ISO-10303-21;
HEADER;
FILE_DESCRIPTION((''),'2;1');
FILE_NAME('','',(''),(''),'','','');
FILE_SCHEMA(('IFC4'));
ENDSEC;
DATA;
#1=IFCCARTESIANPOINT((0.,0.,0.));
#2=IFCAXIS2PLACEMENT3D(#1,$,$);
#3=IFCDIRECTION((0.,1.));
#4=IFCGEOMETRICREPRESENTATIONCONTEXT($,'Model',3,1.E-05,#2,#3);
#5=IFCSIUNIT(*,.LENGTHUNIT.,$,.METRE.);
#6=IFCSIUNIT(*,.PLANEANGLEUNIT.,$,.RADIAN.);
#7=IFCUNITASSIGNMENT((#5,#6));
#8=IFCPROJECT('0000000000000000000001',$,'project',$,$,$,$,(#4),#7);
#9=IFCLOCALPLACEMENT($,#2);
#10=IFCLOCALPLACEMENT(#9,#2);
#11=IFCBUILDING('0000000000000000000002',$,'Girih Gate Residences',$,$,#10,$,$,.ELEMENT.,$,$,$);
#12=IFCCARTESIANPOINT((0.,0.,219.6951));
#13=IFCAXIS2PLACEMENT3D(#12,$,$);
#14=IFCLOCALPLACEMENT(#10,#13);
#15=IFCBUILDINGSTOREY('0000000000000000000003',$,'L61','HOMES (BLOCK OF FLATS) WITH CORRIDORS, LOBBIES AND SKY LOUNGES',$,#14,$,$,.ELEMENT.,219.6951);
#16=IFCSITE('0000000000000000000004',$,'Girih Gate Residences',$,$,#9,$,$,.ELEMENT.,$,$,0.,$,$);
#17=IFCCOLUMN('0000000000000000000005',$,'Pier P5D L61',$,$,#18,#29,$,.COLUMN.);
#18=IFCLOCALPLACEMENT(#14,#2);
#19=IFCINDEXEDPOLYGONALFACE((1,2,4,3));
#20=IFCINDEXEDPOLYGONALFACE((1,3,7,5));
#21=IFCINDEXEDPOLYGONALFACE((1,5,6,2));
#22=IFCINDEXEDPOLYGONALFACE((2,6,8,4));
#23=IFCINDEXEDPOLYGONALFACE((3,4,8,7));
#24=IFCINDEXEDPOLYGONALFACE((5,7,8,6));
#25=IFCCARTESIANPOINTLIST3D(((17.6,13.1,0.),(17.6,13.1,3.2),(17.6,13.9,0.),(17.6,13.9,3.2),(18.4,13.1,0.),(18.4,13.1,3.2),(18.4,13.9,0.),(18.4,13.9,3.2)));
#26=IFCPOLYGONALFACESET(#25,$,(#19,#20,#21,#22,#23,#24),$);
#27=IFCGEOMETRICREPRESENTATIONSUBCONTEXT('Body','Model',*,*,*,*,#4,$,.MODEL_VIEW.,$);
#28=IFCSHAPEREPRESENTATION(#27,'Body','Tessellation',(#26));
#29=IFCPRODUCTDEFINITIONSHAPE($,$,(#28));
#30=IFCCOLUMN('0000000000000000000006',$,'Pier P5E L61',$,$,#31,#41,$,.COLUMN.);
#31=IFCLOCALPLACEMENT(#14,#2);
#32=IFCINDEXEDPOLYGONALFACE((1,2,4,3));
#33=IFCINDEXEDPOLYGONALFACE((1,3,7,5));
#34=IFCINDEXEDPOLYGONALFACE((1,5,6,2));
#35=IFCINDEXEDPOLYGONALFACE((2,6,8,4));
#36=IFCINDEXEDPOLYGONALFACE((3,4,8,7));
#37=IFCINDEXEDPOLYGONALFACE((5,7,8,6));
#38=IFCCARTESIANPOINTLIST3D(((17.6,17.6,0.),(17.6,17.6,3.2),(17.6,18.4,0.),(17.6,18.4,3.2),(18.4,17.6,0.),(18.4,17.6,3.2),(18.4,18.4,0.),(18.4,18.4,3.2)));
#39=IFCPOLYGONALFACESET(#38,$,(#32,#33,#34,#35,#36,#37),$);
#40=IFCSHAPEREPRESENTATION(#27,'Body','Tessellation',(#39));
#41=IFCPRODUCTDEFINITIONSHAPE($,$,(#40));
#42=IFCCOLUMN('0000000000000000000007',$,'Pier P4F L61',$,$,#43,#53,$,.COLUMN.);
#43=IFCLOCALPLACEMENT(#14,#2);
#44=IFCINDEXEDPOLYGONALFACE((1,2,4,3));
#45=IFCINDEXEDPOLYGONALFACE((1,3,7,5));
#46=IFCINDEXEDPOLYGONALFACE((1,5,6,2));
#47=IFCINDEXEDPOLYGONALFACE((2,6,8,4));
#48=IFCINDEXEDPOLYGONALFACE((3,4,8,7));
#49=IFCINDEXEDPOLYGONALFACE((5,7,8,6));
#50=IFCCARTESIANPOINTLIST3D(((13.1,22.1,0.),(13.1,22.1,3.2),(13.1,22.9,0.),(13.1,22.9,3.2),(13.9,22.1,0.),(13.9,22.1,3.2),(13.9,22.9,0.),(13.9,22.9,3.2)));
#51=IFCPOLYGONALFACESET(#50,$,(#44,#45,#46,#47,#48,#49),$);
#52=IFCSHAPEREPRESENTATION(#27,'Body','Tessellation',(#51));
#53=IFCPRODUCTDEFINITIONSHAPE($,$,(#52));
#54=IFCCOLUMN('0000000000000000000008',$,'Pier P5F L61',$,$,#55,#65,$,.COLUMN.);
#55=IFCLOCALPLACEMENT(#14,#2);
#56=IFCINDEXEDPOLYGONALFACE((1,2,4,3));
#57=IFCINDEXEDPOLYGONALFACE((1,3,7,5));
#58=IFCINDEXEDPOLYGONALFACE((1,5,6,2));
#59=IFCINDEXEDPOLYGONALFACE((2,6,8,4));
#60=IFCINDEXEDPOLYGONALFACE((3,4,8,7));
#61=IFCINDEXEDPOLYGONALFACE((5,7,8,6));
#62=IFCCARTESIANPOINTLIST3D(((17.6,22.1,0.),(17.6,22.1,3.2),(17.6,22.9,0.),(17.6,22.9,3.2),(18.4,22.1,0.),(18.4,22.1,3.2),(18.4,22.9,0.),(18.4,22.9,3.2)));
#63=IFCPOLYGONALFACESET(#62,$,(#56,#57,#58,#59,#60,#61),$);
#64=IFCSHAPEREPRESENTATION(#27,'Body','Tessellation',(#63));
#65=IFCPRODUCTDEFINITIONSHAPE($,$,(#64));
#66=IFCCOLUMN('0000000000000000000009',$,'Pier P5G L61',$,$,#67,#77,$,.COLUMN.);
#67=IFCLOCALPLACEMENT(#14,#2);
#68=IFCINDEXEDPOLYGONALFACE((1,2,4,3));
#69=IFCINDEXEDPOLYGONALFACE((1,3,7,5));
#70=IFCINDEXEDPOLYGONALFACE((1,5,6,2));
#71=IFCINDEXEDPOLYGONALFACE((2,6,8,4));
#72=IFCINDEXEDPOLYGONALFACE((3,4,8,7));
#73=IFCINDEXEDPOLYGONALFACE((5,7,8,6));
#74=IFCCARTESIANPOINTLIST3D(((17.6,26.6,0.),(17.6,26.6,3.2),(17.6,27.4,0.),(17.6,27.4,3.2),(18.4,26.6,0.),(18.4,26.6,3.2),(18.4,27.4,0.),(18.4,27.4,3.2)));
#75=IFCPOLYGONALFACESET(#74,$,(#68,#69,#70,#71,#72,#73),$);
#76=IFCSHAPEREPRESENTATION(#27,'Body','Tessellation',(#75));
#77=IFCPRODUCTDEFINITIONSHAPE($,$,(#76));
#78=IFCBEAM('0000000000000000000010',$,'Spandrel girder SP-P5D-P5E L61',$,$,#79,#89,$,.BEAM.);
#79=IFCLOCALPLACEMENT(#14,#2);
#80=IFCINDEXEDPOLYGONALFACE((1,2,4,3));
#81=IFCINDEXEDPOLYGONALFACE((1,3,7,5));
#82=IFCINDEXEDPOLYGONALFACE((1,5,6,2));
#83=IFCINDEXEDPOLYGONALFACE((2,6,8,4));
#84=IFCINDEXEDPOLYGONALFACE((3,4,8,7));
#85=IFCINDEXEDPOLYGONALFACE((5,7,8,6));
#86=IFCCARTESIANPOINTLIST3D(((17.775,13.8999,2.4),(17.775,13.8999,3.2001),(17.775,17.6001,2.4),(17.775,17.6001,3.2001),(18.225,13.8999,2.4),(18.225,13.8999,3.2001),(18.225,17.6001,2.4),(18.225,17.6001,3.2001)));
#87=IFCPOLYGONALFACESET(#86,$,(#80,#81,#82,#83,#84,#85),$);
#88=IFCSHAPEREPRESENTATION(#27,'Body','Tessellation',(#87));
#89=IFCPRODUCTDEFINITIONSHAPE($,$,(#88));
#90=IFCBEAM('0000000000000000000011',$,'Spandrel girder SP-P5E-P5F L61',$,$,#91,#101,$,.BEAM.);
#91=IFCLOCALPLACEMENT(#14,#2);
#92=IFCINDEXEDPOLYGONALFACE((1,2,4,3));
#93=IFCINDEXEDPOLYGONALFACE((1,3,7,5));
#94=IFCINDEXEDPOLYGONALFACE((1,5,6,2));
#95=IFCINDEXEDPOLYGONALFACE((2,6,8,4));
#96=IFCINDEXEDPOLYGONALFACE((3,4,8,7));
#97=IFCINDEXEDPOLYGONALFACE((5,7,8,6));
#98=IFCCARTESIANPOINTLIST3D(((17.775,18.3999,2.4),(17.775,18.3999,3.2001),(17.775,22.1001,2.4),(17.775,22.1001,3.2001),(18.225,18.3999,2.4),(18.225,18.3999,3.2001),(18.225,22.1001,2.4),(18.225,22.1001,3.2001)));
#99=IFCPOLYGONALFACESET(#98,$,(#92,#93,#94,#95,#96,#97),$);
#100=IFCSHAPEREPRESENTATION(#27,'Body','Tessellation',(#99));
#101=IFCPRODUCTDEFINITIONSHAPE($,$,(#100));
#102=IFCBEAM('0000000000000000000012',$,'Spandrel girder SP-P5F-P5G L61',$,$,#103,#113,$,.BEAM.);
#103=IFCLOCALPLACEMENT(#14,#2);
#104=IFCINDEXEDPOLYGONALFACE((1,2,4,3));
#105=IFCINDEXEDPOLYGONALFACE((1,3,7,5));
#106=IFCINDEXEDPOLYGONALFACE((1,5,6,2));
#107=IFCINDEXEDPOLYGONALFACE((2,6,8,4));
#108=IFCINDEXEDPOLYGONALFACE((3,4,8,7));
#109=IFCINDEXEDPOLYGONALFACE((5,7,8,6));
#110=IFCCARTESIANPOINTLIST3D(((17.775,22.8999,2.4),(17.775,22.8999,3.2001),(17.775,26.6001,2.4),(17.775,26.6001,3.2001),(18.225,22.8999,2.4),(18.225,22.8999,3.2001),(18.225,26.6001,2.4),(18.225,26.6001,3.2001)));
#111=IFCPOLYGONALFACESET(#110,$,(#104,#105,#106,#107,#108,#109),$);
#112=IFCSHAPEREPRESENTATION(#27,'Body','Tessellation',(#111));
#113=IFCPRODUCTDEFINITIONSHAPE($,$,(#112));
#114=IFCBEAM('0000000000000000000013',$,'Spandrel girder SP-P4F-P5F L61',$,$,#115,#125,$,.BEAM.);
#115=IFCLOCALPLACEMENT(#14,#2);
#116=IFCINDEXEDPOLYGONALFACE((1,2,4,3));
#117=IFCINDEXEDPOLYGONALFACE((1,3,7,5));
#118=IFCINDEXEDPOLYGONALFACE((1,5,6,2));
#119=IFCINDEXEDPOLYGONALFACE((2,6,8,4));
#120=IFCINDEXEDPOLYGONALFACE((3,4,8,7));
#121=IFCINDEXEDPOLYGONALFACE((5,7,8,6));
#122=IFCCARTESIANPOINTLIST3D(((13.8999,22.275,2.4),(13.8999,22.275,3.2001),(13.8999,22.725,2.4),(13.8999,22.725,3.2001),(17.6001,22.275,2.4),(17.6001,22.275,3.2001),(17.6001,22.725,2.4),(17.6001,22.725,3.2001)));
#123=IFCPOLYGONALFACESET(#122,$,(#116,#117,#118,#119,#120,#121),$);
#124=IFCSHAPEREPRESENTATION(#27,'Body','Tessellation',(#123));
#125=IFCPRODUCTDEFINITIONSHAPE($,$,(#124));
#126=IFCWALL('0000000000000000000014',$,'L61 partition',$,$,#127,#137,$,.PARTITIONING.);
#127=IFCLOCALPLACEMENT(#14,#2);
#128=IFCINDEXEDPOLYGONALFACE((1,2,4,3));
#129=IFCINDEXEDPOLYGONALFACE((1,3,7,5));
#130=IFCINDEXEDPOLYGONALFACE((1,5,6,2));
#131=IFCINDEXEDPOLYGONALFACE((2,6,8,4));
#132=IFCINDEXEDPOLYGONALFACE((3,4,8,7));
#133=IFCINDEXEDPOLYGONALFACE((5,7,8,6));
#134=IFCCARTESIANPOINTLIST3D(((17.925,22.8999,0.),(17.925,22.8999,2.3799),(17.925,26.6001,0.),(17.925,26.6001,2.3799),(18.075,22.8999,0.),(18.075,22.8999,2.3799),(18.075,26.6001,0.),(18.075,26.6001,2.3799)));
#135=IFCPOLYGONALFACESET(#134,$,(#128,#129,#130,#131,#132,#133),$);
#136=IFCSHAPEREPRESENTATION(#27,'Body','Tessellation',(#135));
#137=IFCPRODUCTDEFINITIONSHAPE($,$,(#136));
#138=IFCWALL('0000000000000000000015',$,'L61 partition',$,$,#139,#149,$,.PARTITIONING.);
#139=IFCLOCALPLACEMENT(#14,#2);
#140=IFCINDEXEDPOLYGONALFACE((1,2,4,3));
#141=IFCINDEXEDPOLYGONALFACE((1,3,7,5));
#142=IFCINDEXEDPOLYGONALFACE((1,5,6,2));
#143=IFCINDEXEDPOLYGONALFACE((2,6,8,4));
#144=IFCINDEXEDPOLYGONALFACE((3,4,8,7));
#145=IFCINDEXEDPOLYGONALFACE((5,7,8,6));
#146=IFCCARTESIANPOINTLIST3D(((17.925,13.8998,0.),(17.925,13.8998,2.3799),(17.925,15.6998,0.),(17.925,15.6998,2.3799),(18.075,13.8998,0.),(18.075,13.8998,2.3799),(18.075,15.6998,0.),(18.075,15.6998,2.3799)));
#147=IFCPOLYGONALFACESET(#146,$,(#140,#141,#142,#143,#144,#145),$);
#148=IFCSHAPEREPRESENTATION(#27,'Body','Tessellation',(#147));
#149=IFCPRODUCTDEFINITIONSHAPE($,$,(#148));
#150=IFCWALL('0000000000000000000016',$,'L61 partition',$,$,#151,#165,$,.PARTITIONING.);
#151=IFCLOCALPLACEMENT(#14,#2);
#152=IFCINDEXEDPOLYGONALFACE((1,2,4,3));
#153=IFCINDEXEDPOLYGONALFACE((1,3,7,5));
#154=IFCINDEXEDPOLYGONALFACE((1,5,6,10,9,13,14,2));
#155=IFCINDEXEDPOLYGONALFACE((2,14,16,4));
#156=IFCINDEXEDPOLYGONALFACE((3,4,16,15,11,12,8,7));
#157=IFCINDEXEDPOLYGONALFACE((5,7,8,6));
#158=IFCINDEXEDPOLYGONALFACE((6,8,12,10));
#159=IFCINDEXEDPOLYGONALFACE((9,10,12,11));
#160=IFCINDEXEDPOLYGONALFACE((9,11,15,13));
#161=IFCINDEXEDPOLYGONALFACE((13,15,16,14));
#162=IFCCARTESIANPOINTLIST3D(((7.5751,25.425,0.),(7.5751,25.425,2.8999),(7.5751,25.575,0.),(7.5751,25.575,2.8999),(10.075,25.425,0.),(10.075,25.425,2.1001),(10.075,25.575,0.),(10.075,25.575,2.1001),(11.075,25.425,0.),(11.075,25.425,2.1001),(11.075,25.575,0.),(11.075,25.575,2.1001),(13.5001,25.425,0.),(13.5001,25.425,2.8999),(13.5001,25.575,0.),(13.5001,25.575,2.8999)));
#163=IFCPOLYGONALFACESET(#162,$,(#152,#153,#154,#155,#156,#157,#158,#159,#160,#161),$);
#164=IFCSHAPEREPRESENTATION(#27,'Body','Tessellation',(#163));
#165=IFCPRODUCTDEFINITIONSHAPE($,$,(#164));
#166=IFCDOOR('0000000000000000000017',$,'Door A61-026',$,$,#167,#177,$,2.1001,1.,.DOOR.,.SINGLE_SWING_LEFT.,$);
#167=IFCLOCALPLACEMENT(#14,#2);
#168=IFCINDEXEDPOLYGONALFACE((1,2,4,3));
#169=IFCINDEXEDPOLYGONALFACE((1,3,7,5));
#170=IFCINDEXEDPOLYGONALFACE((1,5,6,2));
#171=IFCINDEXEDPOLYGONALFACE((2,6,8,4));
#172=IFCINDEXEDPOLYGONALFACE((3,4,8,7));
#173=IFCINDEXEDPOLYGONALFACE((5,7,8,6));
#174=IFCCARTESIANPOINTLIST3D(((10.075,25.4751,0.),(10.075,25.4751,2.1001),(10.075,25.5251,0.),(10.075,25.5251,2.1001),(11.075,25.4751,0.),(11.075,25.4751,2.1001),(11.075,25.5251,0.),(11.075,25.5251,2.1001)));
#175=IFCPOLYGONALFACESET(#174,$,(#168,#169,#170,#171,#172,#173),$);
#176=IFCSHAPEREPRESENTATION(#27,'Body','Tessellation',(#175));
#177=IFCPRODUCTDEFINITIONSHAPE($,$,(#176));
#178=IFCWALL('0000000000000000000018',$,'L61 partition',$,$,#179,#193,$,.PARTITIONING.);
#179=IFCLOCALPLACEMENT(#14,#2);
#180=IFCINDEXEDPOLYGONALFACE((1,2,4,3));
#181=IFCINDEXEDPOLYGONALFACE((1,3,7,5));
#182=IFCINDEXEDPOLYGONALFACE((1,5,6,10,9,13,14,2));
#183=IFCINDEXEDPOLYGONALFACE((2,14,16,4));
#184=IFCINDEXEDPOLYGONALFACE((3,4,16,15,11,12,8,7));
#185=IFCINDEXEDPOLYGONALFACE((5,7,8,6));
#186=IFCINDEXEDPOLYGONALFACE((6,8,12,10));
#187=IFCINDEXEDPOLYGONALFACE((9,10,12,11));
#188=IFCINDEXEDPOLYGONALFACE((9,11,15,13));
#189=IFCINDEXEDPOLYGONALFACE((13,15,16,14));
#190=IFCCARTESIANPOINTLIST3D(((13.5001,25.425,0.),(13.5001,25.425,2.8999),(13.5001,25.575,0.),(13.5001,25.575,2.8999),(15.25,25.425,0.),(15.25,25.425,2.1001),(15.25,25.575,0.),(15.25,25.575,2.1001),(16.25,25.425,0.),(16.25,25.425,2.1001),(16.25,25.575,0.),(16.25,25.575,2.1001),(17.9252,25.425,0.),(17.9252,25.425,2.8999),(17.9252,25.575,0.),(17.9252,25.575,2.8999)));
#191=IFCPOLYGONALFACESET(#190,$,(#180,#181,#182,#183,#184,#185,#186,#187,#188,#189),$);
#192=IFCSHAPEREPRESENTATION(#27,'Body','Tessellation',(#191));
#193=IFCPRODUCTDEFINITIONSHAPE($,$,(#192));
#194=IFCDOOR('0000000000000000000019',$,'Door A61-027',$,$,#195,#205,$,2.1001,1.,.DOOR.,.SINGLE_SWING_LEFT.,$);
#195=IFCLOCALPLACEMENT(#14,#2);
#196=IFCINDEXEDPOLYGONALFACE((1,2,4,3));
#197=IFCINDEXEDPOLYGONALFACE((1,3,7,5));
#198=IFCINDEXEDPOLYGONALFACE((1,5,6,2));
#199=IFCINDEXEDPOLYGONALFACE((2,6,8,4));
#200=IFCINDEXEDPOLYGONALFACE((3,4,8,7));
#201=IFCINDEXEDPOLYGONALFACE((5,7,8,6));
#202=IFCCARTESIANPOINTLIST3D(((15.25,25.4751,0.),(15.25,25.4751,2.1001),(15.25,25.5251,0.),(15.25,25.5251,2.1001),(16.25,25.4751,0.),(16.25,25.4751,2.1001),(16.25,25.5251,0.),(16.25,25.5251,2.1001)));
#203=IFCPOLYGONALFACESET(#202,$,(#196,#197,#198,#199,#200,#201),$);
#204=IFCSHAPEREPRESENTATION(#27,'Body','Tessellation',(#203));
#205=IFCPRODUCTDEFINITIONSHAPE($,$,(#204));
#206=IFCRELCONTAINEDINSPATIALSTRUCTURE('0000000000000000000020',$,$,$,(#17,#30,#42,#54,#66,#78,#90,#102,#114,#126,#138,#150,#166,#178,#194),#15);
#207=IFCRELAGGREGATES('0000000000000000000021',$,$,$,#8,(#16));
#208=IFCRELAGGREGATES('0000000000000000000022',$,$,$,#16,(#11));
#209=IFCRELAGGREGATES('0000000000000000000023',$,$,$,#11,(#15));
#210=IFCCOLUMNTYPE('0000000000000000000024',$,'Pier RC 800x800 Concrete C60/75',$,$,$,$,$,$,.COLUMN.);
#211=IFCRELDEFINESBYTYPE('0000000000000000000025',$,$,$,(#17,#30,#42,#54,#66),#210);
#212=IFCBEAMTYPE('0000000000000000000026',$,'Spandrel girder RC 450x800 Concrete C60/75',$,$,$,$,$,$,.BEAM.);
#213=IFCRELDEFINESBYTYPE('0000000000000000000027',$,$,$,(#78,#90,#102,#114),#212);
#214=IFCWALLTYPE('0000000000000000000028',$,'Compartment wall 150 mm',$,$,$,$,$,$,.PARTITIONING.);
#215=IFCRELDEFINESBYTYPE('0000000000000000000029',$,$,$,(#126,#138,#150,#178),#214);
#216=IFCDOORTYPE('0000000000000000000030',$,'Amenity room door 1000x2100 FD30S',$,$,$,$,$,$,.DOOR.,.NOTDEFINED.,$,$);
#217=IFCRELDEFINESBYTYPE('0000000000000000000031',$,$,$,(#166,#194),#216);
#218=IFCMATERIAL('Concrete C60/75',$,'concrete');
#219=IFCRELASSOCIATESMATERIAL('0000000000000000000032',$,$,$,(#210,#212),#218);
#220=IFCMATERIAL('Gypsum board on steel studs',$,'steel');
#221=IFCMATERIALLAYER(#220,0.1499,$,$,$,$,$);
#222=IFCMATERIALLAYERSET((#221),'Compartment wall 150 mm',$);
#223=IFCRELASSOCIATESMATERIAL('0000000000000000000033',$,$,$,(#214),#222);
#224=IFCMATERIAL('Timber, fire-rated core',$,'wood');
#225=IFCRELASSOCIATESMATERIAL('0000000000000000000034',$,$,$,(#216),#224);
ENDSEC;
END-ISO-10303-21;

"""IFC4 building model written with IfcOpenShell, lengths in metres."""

from ifc_helpers import new_model, si_unit, direction, frame, frame_2d, origin, origin_2d, place, context, subcontext, project, spatial, rectangle, extrude, material, layer, layer_set, material_profile, profile_set, type_object, element, fill, save


model = new_model("IFC4")

# Units and contexts
model_context = context("Model", 3, precision=1e-05, world=origin(), true_north=direction((0.0, 1.0)))
body_context = subcontext(model_context, "Body", "Model", "MODEL_VIEW")
ifc_project = project(units=[si_unit("LENGTHUNIT", "METRE"), si_unit("PLANEANGLEUNIT", "RADIAN")], contexts=[model_context])

# Site, building, storey
site_placement = place(None, origin())
site = spatial("IfcSite", under=ifc_project, at=site_placement, Name="Girih Gate Residences", CompositionType="ELEMENT", RefElevation=0.0)
building_placement = place(site_placement, origin())
building = spatial("IfcBuilding", under=site, at=building_placement, Name="Girih Gate Residences", CompositionType="ELEMENT")
storey_placement = place(building_placement, frame((0.0, 0.0, 219.6951)))
storey = spatial("IfcBuildingStorey", under=building, at=storey_placement, Name="L61", Description="HOMES (BLOCK OF FLATS) WITH CORRIDORS, LOBBIES AND SKY LOUNGES", CompositionType="ELEMENT", Elevation=219.6951)

# Columns
ifc_material_1 = material(Name="Concrete C60/75", Category="concrete")
ifc_material_profile_1 = material_profile(ifc_material_1, rectangle(XDim=0.8, YDim=0.8, at=origin_2d()))
ifc_profile_set_1 = profile_set([ifc_material_profile_1], Name="Concrete C60/75")
column_type = type_object("IfcColumnType", Name="Pier RC 800x800 Concrete C60/75", PredefinedType="COLUMN", material=ifc_profile_set_1)
for number, where, z_axis, x_axis, name in (
    (1, (18.0, 13.5, 0.0), (0.0, 0.0, 1.0), (1.0, 0.0, 0.0), "Pier P5D L61"),
    (2, (18.0, 18.0, 0.0), (0.0, 0.0, 1.0), (1.0, 0.0, 0.0), "Pier P5E L61"),
    (3, (13.5, 22.5, 0.0), (0.0, 0.0, 1.0), (1.0, 0.0, 0.0), "Pier P4F L61"),
    (4, (18.0, 22.5, 0.0), (0.0, 0.0, 1.0), (1.0, 0.0, 0.0), "Pier P5F L61"),
    (5, (18.0, 27.0, 0.0), (0.0, 0.0, 1.0), (1.0, 0.0, 0.0), "Pier P5G L61"),
):
    element("IfcColumn", number, at=place(storey_placement, frame(where, z_axis=z_axis, x_axis=x_axis)), inside=storey, type_object=column_type, Name=name, PredefinedType="COLUMN", context=body_context, shape_type="SweptSolid", body=[
        extrude(rectangle(XDim=0.8, YDim=0.8, at=origin_2d()), origin(), (0.0, 0.0, 1.0), 3.2),
    ])

# Beams
ifc_material_profile_2 = material_profile(ifc_material_1, rectangle(XDim=0.45, YDim=0.8, at=origin_2d()))
ifc_profile_set_2 = profile_set([ifc_material_profile_2], Name="Concrete C60/75")
beam_type = type_object("IfcBeamType", Name="Spandrel girder RC 450x800 Concrete C60/75", PredefinedType="BEAM", material=ifc_profile_set_2)
for number, where, z_axis, x_axis, name in (
    (6, (18.0, 13.8999, 2.8), (0.0, 1.0, 0.0), (-1.0, 0.0, 0.0), "Spandrel girder SP-P5D-P5E L61"),
    (7, (18.0, 18.3999, 2.8), (0.0, 1.0, 0.0), (-1.0, 0.0, 0.0), "Spandrel girder SP-P5E-P5F L61"),
    (8, (18.0, 22.8999, 2.8), (0.0, 1.0, 0.0), (-1.0, 0.0, 0.0), "Spandrel girder SP-P5F-P5G L61"),
    (9, (13.8999, 22.5, 2.8), (1.0, 0.0, 0.0), (0.0, 1.0, 0.0), "Spandrel girder SP-P4F-P5F L61"),
):
    element("IfcBeam", number, at=place(storey_placement, frame(where, z_axis=z_axis, x_axis=x_axis)), inside=storey, type_object=beam_type, Name=name, PredefinedType="BEAM", context=body_context, shape_type="SweptSolid", body=[
        extrude(rectangle(XDim=0.45, YDim=0.8, at=origin_2d()), origin(), (0.0, 0.0, 1.0), 3.7002),
    ])

# Walls
ifc_material_2 = material(Name="Gypsum board on steel studs", Category="steel")
ifc_layer_1 = layer(ifc_material_2, 0.1499)
ifc_layer_set_1 = layer_set([ifc_layer_1], Name="Compartment wall 150 mm")
wall_type_1 = type_object("IfcWallType", Name="Compartment wall 150 mm", PredefinedType="PARTITIONING", material=ifc_layer_set_1)
wall_1_placement = place(storey_placement, frame((18.0, 22.8999, 0.0), z_axis=(0.0, 0.0, 1.0), x_axis=(0.0, 1.0, 0.0)))
element("IfcWall", 10, at=wall_1_placement, inside=storey, type_object=wall_type_1, Name="L61 partition", PredefinedType="PARTITIONING", context=body_context, shape_type="SweptSolid", body=[
    extrude(rectangle(XDim=3.7002, YDim=0.1499, at=frame_2d((1.8501, 0.0))), origin(), (0.0, 0.0, 1.0), 2.3799),
])
wall_2_placement = place(storey_placement, frame((18.0, 13.8999, 0.0), z_axis=(0.0, 0.0, 1.0), x_axis=(0.0, 1.0, 0.0)))
element("IfcWall", 11, at=wall_2_placement, inside=storey, type_object=wall_type_1, Name="L61 partition", PredefinedType="PARTITIONING", context=body_context, shape_type="SweptSolid", body=[
    extrude(rectangle(XDim=1.8, YDim=0.1499, at=frame_2d((0.8999, 0.0))), origin(), (0.0, 0.0, 1.0), 2.3799),
])

# Walls, openings, doors
wall_3_placement = place(storey_placement, frame((13.5, 25.5, 0.0), z_axis=(0.0, 0.0, 1.0), x_axis=(-1.0, 0.0, 0.0)))
wall_3 = element("IfcWall", 12, at=wall_3_placement, inside=storey, type_object=wall_type_1, Name="L61 partition", PredefinedType="PARTITIONING", context=body_context, shape_type="SweptSolid", body=[
    extrude(rectangle(XDim=5.925, YDim=0.1499, at=frame_2d((2.9624, 0.0))), origin(), (0.0, 0.0, 1.0), 2.8999),
])
opening_1_placement = place(wall_3_placement, frame((2.425, 0.0, 0.0)))
opening_1 = element("IfcOpeningElement", 13, at=opening_1_placement, cuts=wall_3, PredefinedType="OPENING", context=body_context, shape_type="SweptSolid", body=[
    extrude(rectangle(XDim=1.0, YDim=2.1001, at=frame_2d((0.5, 1.05))), frame((0.0, 0.085, 0.0), z_axis=(0.0, -1.0, 0.0), x_axis=(1.0, 0.0, 0.0)), (0.0, 0.0, 1.0), 0.1699),
])
ifc_material_3 = material(Name="Timber, fire-rated core", Category="wood")
door_type = type_object("IfcDoorType", Name="Amenity room door 1000x2100 FD30S", OperationType="NOTDEFINED", PredefinedType="DOOR", material=ifc_material_3)
door_1_placement = place(opening_1_placement, origin())
door_1 = element("IfcDoor", 14, at=door_1_placement, inside=storey, type_object=door_type, Name="Door A61-026", OperationType="SINGLE_SWING_LEFT", OverallHeight=2.1001, OverallWidth=1.0, PredefinedType="DOOR", context=body_context, shape_type="SweptSolid", body=[
    extrude(rectangle(XDim=1.0, YDim=2.1001, at=frame_2d((0.5, 1.05))), frame((0.0, 0.0249, 0.0), z_axis=(0.0, -1.0, 0.0), x_axis=(1.0, 0.0, 0.0)), (0.0, 0.0, 1.0), 0.05),
])
fill(opening_1, door_1)
wall_4_placement = place(storey_placement, frame((17.925, 25.5, 0.0), z_axis=(0.0, 0.0, 1.0), x_axis=(-1.0, 0.0, 0.0)))
wall_4 = element("IfcWall", 15, at=wall_4_placement, inside=storey, type_object=wall_type_1, Name="L61 partition", PredefinedType="PARTITIONING", context=body_context, shape_type="SweptSolid", body=[
    extrude(rectangle(XDim=4.425, YDim=0.1499, at=frame_2d((2.2124, 0.0))), origin(), (0.0, 0.0, 1.0), 2.8999),
])
opening_2_placement = place(wall_4_placement, frame((1.675, 0.0, 0.0)))
opening_2 = element("IfcOpeningElement", 16, at=opening_2_placement, cuts=wall_4, PredefinedType="OPENING", context=body_context, shape_type="SweptSolid", body=[
    extrude(rectangle(XDim=1.0, YDim=2.1001, at=frame_2d((0.5, 1.05))), frame((0.0, 0.085, 0.0), z_axis=(0.0, -1.0, 0.0), x_axis=(1.0, 0.0, 0.0)), (0.0, 0.0, 1.0), 0.1699),
])
door_2_placement = place(opening_2_placement, origin())
door_2 = element("IfcDoor", 17, at=door_2_placement, inside=storey, type_object=door_type, Name="Door A61-027", OperationType="SINGLE_SWING_LEFT", OverallHeight=2.1001, OverallWidth=1.0, PredefinedType="DOOR", context=body_context, shape_type="SweptSolid", body=[
    extrude(rectangle(XDim=1.0, YDim=2.1001, at=frame_2d((0.5, 1.05))), frame((0.0, 0.0249, 0.0), z_axis=(0.0, -1.0, 0.0), x_axis=(1.0, 0.0, 0.0)), (0.0, 0.0, 1.0), 0.05),
])
fill(opening_2, door_2)

save(model, "model.ifc")
